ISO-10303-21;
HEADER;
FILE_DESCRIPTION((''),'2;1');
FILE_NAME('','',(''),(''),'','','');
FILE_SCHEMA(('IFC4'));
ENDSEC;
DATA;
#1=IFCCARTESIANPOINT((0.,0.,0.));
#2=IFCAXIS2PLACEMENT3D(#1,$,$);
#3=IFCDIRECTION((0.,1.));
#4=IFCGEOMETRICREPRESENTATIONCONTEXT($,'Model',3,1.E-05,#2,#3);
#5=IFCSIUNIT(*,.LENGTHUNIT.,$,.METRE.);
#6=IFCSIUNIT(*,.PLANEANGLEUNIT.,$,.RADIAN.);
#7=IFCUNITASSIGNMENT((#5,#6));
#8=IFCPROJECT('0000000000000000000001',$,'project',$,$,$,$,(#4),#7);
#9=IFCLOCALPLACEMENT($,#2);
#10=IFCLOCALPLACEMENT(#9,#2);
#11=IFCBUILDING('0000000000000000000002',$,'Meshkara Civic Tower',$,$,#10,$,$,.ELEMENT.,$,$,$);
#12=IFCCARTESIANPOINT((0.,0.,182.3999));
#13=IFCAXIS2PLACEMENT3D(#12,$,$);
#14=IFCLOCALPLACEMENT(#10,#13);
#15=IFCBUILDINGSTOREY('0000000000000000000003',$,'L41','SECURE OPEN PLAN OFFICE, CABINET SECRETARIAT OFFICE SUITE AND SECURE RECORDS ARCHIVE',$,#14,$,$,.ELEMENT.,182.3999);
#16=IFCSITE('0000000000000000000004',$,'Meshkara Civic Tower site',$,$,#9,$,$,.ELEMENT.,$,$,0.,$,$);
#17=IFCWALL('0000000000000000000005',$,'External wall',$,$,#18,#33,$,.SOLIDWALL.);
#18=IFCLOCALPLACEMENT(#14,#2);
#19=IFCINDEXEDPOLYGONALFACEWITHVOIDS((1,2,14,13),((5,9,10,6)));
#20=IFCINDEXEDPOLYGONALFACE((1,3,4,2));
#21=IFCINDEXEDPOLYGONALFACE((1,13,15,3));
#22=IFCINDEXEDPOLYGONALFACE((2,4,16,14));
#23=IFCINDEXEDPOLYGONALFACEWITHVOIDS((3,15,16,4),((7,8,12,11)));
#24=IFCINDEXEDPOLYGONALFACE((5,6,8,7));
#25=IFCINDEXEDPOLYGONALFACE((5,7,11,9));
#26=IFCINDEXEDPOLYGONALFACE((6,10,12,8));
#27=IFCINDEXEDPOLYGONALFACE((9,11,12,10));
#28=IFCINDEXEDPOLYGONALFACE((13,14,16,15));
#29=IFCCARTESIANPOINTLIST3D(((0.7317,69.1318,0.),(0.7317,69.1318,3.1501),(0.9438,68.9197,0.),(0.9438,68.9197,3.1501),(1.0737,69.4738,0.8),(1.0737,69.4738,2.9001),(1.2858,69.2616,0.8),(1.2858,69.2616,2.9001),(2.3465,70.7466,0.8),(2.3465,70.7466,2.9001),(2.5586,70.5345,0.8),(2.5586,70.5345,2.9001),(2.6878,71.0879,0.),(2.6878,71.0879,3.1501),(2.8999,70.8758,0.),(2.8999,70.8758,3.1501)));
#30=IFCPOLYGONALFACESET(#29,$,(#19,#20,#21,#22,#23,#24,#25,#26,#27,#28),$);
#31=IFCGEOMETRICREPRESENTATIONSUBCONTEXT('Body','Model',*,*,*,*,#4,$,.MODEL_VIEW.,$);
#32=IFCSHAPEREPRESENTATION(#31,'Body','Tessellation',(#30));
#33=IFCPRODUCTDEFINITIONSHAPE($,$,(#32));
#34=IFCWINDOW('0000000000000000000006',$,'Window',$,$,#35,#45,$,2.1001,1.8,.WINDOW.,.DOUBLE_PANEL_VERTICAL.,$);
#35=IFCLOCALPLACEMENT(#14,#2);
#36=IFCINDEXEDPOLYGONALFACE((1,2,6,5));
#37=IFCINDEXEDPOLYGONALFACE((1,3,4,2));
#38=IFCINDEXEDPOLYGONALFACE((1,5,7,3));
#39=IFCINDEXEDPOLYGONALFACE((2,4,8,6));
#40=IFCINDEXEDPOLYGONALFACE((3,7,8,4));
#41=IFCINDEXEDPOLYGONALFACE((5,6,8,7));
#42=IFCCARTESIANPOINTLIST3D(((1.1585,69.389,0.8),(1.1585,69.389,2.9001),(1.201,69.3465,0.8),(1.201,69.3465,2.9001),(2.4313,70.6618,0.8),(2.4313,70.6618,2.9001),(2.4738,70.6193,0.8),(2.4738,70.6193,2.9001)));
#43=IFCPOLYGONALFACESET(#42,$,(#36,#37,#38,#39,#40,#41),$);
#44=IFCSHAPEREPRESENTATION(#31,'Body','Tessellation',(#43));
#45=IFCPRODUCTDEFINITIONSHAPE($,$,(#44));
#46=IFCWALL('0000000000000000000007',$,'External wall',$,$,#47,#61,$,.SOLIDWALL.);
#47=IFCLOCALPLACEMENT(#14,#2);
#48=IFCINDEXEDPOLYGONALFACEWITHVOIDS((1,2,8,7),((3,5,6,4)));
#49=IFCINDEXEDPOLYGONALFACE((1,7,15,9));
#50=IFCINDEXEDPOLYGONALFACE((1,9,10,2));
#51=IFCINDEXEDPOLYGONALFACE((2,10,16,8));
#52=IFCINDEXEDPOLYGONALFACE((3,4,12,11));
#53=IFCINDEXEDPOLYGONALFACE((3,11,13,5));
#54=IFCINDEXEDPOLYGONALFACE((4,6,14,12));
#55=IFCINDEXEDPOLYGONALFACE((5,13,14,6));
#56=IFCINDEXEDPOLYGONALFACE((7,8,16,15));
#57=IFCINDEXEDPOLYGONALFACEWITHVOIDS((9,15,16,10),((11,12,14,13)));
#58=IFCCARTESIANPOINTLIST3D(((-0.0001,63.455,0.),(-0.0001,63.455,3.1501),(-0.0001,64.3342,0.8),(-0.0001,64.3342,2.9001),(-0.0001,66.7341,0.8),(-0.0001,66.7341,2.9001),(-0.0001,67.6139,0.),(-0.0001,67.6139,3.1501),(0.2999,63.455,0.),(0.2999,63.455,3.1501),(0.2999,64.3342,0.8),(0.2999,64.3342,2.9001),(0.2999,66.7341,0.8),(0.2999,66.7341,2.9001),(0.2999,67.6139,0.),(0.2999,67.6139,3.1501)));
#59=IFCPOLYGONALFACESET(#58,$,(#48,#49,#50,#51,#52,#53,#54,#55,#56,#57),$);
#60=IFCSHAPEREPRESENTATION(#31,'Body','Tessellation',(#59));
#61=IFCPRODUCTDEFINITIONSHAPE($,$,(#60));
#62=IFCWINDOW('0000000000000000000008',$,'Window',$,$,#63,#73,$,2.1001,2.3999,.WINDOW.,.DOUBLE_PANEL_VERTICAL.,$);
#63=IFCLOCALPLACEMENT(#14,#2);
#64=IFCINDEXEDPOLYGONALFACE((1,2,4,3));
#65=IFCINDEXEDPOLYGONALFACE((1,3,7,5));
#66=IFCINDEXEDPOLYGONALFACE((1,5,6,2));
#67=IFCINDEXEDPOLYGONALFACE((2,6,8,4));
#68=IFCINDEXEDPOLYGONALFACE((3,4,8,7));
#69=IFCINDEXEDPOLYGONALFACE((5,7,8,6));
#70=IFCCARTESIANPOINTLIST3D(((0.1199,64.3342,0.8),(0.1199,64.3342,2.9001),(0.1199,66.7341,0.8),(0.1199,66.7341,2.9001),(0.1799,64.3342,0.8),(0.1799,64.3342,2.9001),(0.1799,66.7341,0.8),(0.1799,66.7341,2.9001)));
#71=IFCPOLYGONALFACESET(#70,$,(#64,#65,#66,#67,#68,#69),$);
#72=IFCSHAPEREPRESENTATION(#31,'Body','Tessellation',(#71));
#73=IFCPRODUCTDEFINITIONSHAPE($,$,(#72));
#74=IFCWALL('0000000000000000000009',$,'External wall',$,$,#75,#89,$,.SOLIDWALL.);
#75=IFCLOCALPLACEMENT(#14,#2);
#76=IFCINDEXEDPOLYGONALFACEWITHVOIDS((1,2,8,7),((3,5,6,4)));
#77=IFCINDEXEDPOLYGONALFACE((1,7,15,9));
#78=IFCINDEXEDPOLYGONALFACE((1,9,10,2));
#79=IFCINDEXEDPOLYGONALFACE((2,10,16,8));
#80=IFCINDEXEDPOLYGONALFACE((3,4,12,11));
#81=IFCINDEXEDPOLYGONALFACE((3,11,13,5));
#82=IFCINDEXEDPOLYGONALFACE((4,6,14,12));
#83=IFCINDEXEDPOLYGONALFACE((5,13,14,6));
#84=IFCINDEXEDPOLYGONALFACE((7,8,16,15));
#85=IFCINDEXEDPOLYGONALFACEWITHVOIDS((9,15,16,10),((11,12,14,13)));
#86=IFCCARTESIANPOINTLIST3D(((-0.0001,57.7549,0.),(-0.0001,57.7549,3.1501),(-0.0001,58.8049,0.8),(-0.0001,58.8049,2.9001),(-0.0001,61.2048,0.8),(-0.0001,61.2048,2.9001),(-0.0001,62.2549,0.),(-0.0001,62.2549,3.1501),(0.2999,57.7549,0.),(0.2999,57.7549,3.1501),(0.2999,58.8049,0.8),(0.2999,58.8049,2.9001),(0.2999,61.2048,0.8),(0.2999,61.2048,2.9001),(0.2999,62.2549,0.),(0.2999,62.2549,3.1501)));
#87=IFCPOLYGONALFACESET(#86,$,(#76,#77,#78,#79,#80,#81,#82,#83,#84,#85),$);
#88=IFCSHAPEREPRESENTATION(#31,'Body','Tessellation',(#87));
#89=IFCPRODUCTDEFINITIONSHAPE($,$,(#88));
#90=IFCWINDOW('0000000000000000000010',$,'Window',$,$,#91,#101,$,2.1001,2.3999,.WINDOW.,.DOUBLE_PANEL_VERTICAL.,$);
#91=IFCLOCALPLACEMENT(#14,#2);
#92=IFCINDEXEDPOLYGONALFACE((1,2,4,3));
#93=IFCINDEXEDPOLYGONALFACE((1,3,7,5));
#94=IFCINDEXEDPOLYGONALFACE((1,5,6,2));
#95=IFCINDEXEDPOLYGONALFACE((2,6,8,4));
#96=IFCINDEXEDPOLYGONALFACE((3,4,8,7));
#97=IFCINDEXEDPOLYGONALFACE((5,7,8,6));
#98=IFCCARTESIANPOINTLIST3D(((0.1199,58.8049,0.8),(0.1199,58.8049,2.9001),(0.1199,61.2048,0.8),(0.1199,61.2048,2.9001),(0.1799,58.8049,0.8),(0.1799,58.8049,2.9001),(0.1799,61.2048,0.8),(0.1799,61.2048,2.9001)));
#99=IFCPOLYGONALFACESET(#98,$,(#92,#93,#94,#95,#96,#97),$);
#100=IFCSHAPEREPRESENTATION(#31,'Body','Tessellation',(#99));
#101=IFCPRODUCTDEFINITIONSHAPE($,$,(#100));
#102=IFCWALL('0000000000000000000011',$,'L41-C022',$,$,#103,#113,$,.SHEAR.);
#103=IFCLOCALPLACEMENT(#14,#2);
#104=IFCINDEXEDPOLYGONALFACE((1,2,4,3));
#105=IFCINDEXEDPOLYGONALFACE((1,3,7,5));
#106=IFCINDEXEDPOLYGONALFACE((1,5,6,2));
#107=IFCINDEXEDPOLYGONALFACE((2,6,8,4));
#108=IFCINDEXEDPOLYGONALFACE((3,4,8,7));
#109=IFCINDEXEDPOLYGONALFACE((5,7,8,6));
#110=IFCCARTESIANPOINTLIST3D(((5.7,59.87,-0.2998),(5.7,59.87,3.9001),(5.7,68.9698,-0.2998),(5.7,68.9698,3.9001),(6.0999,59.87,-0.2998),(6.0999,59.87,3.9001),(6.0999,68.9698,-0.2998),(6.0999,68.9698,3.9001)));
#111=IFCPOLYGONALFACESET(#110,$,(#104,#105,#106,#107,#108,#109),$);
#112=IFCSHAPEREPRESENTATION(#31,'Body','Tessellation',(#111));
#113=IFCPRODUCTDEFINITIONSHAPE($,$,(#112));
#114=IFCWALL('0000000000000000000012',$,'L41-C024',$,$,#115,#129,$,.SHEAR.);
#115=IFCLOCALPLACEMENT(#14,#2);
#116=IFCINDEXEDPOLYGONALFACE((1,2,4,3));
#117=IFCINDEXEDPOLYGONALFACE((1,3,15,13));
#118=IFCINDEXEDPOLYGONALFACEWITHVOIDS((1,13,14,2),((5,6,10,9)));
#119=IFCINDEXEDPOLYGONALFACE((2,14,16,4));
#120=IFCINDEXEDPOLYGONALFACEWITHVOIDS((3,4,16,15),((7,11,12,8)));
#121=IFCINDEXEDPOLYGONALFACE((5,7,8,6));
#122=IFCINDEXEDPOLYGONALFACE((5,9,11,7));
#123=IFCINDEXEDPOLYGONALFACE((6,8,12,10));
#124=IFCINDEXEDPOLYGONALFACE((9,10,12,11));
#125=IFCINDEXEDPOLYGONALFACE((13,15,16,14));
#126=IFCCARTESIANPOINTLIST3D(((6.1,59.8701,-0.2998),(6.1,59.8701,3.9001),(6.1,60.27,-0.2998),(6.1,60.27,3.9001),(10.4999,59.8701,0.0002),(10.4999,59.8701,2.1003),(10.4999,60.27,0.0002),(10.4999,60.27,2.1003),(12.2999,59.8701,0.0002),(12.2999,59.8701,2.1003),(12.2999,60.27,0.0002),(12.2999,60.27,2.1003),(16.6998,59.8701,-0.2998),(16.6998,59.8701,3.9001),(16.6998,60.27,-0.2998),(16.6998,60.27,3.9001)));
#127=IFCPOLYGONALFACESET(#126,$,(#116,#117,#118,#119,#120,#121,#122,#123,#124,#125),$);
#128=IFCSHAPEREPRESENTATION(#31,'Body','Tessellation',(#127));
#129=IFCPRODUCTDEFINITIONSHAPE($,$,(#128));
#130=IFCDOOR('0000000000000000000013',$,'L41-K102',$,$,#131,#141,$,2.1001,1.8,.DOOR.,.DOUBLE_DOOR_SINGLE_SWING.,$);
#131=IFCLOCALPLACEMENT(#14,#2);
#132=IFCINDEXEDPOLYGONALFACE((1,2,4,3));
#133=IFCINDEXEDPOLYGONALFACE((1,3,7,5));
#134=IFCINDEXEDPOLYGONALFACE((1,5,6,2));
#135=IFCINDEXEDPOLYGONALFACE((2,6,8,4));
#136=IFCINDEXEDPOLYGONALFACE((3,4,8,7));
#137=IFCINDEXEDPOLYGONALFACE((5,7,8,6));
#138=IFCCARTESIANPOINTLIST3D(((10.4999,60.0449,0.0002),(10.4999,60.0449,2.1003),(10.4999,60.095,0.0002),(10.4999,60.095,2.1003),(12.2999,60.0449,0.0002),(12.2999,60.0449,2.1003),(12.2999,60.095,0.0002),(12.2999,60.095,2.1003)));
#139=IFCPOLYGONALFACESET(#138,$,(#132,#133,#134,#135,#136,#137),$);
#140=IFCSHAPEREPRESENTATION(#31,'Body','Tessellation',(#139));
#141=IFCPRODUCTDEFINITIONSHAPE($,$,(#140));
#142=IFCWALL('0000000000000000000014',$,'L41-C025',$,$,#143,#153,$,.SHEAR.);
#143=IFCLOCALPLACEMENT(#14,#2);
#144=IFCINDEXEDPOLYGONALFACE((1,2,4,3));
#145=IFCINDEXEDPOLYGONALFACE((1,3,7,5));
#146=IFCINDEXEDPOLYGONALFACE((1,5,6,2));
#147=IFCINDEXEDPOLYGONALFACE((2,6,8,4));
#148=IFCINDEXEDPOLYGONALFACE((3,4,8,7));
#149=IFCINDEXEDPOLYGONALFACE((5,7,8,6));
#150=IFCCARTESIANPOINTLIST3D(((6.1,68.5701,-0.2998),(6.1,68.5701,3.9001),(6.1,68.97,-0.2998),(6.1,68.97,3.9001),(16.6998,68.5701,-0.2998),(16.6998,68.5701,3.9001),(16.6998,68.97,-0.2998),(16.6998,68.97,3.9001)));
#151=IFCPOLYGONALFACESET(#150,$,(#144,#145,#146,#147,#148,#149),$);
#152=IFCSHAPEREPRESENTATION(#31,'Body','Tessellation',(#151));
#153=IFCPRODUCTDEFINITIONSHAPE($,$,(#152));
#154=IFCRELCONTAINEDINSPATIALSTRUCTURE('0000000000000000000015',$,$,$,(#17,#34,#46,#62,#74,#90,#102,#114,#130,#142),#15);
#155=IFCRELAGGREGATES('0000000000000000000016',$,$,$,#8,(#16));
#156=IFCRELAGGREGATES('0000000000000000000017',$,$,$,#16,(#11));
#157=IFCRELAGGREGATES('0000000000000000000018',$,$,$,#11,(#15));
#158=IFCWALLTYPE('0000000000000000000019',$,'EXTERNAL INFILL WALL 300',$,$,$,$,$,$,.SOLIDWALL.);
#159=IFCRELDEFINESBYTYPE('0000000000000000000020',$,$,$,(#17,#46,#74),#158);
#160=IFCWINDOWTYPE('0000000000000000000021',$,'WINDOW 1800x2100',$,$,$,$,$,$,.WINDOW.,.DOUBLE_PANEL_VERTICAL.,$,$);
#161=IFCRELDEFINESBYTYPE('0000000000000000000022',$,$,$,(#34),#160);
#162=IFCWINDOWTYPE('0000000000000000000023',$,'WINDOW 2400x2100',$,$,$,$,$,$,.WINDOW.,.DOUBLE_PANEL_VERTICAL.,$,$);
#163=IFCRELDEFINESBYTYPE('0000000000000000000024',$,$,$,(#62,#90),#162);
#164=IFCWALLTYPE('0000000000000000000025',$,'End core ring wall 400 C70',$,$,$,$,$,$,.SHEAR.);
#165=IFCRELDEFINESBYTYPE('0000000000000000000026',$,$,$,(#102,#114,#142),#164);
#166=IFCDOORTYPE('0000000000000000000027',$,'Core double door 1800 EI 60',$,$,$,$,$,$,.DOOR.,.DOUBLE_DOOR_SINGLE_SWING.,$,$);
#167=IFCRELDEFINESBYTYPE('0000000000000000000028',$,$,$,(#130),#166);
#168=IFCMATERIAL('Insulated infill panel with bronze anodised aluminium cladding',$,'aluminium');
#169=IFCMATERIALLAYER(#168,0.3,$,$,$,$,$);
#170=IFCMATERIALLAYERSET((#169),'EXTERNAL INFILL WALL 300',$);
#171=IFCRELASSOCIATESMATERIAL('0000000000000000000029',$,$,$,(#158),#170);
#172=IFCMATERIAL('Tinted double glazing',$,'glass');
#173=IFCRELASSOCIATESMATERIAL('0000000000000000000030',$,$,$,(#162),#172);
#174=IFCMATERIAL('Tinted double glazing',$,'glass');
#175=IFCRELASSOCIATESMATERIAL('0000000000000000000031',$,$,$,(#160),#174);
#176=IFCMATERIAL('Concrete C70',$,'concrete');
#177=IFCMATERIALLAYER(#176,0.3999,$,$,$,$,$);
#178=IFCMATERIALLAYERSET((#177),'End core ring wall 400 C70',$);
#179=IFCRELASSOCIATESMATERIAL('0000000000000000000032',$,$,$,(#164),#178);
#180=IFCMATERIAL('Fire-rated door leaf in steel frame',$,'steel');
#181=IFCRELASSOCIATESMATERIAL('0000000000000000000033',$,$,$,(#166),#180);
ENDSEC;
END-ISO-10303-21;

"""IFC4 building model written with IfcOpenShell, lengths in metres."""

from ifc_helpers import new_model, si_unit, direction, frame, frame_2d, origin, place, context, subcontext, project, spatial, rectangle, extrude, material, layer, layer_set, type_object, element, fill, save


model = new_model("IFC4")

# Units and contexts
model_context = context("Model", 3, precision=1e-05, world=origin(), true_north=direction((0.0, 1.0)))
body_context = subcontext(model_context, "Body", "Model", "MODEL_VIEW")
ifc_project = project(units=[si_unit("LENGTHUNIT", "METRE"), si_unit("PLANEANGLEUNIT", "RADIAN")], contexts=[model_context])

# Site, building, storey
site_placement = place(None, origin())
site = spatial("IfcSite", under=ifc_project, at=site_placement, Name="Meshkara Civic Tower site", CompositionType="ELEMENT", RefElevation=0.0)
building_placement = place(site_placement, origin())
building = spatial("IfcBuilding", under=site, at=building_placement, Name="Meshkara Civic Tower", CompositionType="ELEMENT")
storey_placement = place(building_placement, frame((0.0, 0.0, 182.3999)))
storey = spatial("IfcBuildingStorey", under=building, at=storey_placement, Name="L41", Description="SECURE OPEN PLAN OFFICE, CABINET SECRETARIAT OFFICE SUITE AND SECURE RECORDS ARCHIVE", CompositionType="ELEMENT", Elevation=182.3999)

# Walls, openings, windows
ifc_material_1 = material(Name="Insulated infill panel with bronze anodised aluminium cladding", Category="aluminium")
ifc_layer_1 = layer(ifc_material_1, 0.3)
ifc_layer_set_1 = layer_set([ifc_layer_1], Name="EXTERNAL INFILL WALL 300")
wall_type_1 = type_object("IfcWallType", Name="EXTERNAL INFILL WALL 300", PredefinedType="SOLIDWALL", material=ifc_layer_set_1)
ifc_material_2 = material(Name="Tinted double glazing", Category="glass")
window_type_1 = type_object("IfcWindowType", Name="WINDOW 2400x2100", PartitioningType="DOUBLE_PANEL_VERTICAL", PredefinedType="WINDOW", material=ifc_material_2)
wall_1_placement = place(storey_placement, frame((2.7939, 70.9819, 0.0), z_axis=(0.0, 0.0, 1.0), x_axis=(-0.707107, -0.707107, 0.0)))
wall_1 = element("IfcWall", 1, at=wall_1_placement, inside=storey, type_object=wall_type_1, Name="External wall", PredefinedType="SOLIDWALL", context=body_context, shape_type="SweptSolid", body=[
    extrude(rectangle(XDim=2.7664, YDim=0.3, at=frame_2d((1.3833, 0.0))), origin(), (0.0, 0.0, 1.0), 3.1501),
])
opening_1_placement = place(wall_1_placement, frame((0.4829, 0.0, 0.8)))
opening_1 = element("IfcOpeningElement", 2, at=opening_1_placement, cuts=wall_1, PredefinedType="OPENING", context=body_context, shape_type="SweptSolid", body=[
    extrude(rectangle(XDim=1.8, YDim=2.1001, at=frame_2d((0.8999, 1.05))), frame((0.0, 0.1599, 0.0), z_axis=(0.0, -1.0, 0.0), x_axis=(1.0, 0.0, 0.0)), (0.0, 0.0, 1.0), 0.3201),
])
ifc_material_3 = material(Name="Tinted double glazing", Category="glass")
window_type_2 = type_object("IfcWindowType", Name="WINDOW 1800x2100", PartitioningType="DOUBLE_PANEL_VERTICAL", PredefinedType="WINDOW", material=ifc_material_3)
window_1_placement = place(opening_1_placement, origin())
window_1 = element("IfcWindow", 3, at=window_1_placement, inside=storey, type_object=window_type_2, Name="Window", OverallHeight=2.1001, OverallWidth=1.8, PartitioningType="DOUBLE_PANEL_VERTICAL", PredefinedType="WINDOW", context=body_context, shape_type="SweptSolid", body=[
    extrude(rectangle(XDim=1.8, YDim=2.1001, at=frame_2d((0.8999, 1.05))), frame((0.0, 0.03, 0.0), z_axis=(0.0, -1.0, 0.0), x_axis=(1.0, 0.0, 0.0)), (0.0, 0.0, 1.0), 0.0601),
])
fill(opening_1, window_1)
wall_2_placement = place(storey_placement, frame((0.1499, 67.614, 0.0), z_axis=(0.0, 0.0, 1.0), x_axis=(0.0, -1.0, 0.0)))
wall_2 = element("IfcWall", 4, at=wall_2_placement, inside=storey, type_object=wall_type_1, Name="External wall", PredefinedType="SOLIDWALL", context=body_context, shape_type="SweptSolid", body=[
    extrude(rectangle(XDim=4.1589, YDim=0.3, at=frame_2d((2.0796, 0.0))), origin(), (0.0, 0.0, 1.0), 3.1501),
])
opening_2_placement = place(wall_2_placement, frame((0.8799, 0.0, 0.8)))
opening_2 = element("IfcOpeningElement", 5, at=opening_2_placement, cuts=wall_2, PredefinedType="OPENING", context=body_context, shape_type="SweptSolid", body=[
    extrude(rectangle(XDim=2.3999, YDim=2.1001, at=frame_2d((1.2, 1.05))), frame((0.0, 0.1599, 0.0), z_axis=(0.0, -1.0, 0.0), x_axis=(1.0, 0.0, 0.0)), (0.0, 0.0, 1.0), 0.3201),
])
window_2_placement = place(opening_2_placement, origin())
window_2 = element("IfcWindow", 6, at=window_2_placement, inside=storey, type_object=window_type_1, Name="Window", OverallHeight=2.1001, OverallWidth=2.3999, PartitioningType="DOUBLE_PANEL_VERTICAL", PredefinedType="WINDOW", context=body_context, shape_type="SweptSolid", body=[
    extrude(rectangle(XDim=2.3999, YDim=2.1001, at=frame_2d((1.2, 1.05))), frame((0.0, 0.03, 0.0), z_axis=(0.0, -1.0, 0.0), x_axis=(1.0, 0.0, 0.0)), (0.0, 0.0, 1.0), 0.0601),
])
fill(opening_2, window_2)
wall_3_placement = place(storey_placement, frame((0.1499, 62.2549, 0.0), z_axis=(0.0, 0.0, 1.0), x_axis=(0.0, -1.0, 0.0)))
wall_3 = element("IfcWall", 7, at=wall_3_placement, inside=storey, type_object=wall_type_1, Name="External wall", PredefinedType="SOLIDWALL", context=body_context, shape_type="SweptSolid", body=[
    extrude(rectangle(XDim=4.5, YDim=0.3, at=frame_2d((2.25, 0.0))), origin(), (0.0, 0.0, 1.0), 3.1501),
])
opening_3_placement = place(wall_3_placement, frame((1.05, 0.0, 0.8)))
opening_3 = element("IfcOpeningElement", 8, at=opening_3_placement, cuts=wall_3, PredefinedType="OPENING", context=body_context, shape_type="SweptSolid", body=[
    extrude(rectangle(XDim=2.3999, YDim=2.1001, at=frame_2d((1.2, 1.05))), frame((0.0, 0.1599, 0.0), z_axis=(0.0, -1.0, 0.0), x_axis=(1.0, 0.0, 0.0)), (0.0, 0.0, 1.0), 0.3201),
])
window_3_placement = place(opening_3_placement, origin())
window_3 = element("IfcWindow", 9, at=window_3_placement, inside=storey, type_object=window_type_1, Name="Window", OverallHeight=2.1001, OverallWidth=2.3999, PartitioningType="DOUBLE_PANEL_VERTICAL", PredefinedType="WINDOW", context=body_context, shape_type="SweptSolid", body=[
    extrude(rectangle(XDim=2.3999, YDim=2.1001, at=frame_2d((1.2, 1.05))), frame((0.0, 0.03, 0.0), z_axis=(0.0, -1.0, 0.0), x_axis=(1.0, 0.0, 0.0)), (0.0, 0.0, 1.0), 0.0601),
])
fill(opening_3, window_3)

# Wall
ifc_material_4 = material(Name="Concrete C70", Category="concrete")
ifc_layer_2 = layer(ifc_material_4, 0.3999)
ifc_layer_set_2 = layer_set([ifc_layer_2], Name="End core ring wall 400 C70")
wall_type_2 = type_object("IfcWallType", Name="End core ring wall 400 C70", PredefinedType="SHEAR", material=ifc_layer_set_2)
wall_4_placement = place(storey_placement, frame((5.8999, 59.8701, -0.2998), z_axis=(0.0, 0.0, 1.0), x_axis=(0.0, 1.0, 0.0)))
element("IfcWall", 10, at=wall_4_placement, inside=storey, type_object=wall_type_2, Name="L41-C022", PredefinedType="SHEAR", context=body_context, shape_type="SweptSolid", body=[
    extrude(rectangle(XDim=9.0999, YDim=0.3999, at=frame_2d((4.5498, 0.0))), origin(), (0.0, 0.0, 1.0), 4.2),
])

# Wall, opening, door
wall_5_placement = place(storey_placement, frame((6.1001, 60.0701, -0.2998), z_axis=(0.0, 0.0, 1.0), x_axis=(1.0, 0.0, 0.0)))
wall_5 = element("IfcWall", 11, at=wall_5_placement, inside=storey, type_object=wall_type_2, Name="L41-C024", PredefinedType="SHEAR", context=body_context, shape_type="SweptSolid", body=[
    extrude(rectangle(XDim=10.5999, YDim=0.3999, at=frame_2d((5.2998, 0.0))), origin(), (0.0, 0.0, 1.0), 4.2),
])
opening_4_placement = place(wall_5_placement, frame((4.3999, 0.0, 0.3)))
opening_4 = element("IfcOpeningElement", 12, at=opening_4_placement, cuts=wall_5, PredefinedType="OPENING", context=body_context, shape_type="SweptSolid", body=[
    extrude(rectangle(XDim=1.8, YDim=2.1001, at=frame_2d((0.8999, 1.05))), frame((0.0, 0.21, 0.0), z_axis=(0.0, -1.0, 0.0), x_axis=(1.0, 0.0, 0.0)), (0.0, 0.0, 1.0), 0.4199),
])
ifc_material_5 = material(Name="Fire-rated door leaf in steel frame", Category="steel")
door_type_1 = type_object("IfcDoorType", Name="Core double door 1800 EI 60", OperationType="DOUBLE_DOOR_SINGLE_SWING", PredefinedType="DOOR", material=ifc_material_5)
door_1_placement = place(opening_4_placement, origin())
door_1 = element("IfcDoor", 13, at=door_1_placement, inside=storey, type_object=door_type_1, Name="L41-K102", OperationType="DOUBLE_DOOR_SINGLE_SWING", OverallHeight=2.1001, OverallWidth=1.8, PredefinedType="DOOR", context=body_context, shape_type="SweptSolid", body=[
    extrude(rectangle(XDim=1.8, YDim=2.1001, at=frame_2d((0.8999, 1.05))), frame((0.0, 0.0249, 0.0), z_axis=(0.0, -1.0, 0.0), x_axis=(1.0, 0.0, 0.0)), (0.0, 0.0, 1.0), 0.05),
])
fill(opening_4, door_1)

# Wall
wall_6_placement = place(storey_placement, frame((6.1001, 68.77, -0.2998), z_axis=(0.0, 0.0, 1.0), x_axis=(1.0, 0.0, 0.0)))
element("IfcWall", 14, at=wall_6_placement, inside=storey, type_object=wall_type_2, Name="L41-C025", PredefinedType="SHEAR", context=body_context, shape_type="SweptSolid", body=[
    extrude(rectangle(XDim=10.5999, YDim=0.3999, at=frame_2d((5.2998, 0.0))), origin(), (0.0, 0.0, 1.0), 4.2),
])

save(model, "model.ifc")
